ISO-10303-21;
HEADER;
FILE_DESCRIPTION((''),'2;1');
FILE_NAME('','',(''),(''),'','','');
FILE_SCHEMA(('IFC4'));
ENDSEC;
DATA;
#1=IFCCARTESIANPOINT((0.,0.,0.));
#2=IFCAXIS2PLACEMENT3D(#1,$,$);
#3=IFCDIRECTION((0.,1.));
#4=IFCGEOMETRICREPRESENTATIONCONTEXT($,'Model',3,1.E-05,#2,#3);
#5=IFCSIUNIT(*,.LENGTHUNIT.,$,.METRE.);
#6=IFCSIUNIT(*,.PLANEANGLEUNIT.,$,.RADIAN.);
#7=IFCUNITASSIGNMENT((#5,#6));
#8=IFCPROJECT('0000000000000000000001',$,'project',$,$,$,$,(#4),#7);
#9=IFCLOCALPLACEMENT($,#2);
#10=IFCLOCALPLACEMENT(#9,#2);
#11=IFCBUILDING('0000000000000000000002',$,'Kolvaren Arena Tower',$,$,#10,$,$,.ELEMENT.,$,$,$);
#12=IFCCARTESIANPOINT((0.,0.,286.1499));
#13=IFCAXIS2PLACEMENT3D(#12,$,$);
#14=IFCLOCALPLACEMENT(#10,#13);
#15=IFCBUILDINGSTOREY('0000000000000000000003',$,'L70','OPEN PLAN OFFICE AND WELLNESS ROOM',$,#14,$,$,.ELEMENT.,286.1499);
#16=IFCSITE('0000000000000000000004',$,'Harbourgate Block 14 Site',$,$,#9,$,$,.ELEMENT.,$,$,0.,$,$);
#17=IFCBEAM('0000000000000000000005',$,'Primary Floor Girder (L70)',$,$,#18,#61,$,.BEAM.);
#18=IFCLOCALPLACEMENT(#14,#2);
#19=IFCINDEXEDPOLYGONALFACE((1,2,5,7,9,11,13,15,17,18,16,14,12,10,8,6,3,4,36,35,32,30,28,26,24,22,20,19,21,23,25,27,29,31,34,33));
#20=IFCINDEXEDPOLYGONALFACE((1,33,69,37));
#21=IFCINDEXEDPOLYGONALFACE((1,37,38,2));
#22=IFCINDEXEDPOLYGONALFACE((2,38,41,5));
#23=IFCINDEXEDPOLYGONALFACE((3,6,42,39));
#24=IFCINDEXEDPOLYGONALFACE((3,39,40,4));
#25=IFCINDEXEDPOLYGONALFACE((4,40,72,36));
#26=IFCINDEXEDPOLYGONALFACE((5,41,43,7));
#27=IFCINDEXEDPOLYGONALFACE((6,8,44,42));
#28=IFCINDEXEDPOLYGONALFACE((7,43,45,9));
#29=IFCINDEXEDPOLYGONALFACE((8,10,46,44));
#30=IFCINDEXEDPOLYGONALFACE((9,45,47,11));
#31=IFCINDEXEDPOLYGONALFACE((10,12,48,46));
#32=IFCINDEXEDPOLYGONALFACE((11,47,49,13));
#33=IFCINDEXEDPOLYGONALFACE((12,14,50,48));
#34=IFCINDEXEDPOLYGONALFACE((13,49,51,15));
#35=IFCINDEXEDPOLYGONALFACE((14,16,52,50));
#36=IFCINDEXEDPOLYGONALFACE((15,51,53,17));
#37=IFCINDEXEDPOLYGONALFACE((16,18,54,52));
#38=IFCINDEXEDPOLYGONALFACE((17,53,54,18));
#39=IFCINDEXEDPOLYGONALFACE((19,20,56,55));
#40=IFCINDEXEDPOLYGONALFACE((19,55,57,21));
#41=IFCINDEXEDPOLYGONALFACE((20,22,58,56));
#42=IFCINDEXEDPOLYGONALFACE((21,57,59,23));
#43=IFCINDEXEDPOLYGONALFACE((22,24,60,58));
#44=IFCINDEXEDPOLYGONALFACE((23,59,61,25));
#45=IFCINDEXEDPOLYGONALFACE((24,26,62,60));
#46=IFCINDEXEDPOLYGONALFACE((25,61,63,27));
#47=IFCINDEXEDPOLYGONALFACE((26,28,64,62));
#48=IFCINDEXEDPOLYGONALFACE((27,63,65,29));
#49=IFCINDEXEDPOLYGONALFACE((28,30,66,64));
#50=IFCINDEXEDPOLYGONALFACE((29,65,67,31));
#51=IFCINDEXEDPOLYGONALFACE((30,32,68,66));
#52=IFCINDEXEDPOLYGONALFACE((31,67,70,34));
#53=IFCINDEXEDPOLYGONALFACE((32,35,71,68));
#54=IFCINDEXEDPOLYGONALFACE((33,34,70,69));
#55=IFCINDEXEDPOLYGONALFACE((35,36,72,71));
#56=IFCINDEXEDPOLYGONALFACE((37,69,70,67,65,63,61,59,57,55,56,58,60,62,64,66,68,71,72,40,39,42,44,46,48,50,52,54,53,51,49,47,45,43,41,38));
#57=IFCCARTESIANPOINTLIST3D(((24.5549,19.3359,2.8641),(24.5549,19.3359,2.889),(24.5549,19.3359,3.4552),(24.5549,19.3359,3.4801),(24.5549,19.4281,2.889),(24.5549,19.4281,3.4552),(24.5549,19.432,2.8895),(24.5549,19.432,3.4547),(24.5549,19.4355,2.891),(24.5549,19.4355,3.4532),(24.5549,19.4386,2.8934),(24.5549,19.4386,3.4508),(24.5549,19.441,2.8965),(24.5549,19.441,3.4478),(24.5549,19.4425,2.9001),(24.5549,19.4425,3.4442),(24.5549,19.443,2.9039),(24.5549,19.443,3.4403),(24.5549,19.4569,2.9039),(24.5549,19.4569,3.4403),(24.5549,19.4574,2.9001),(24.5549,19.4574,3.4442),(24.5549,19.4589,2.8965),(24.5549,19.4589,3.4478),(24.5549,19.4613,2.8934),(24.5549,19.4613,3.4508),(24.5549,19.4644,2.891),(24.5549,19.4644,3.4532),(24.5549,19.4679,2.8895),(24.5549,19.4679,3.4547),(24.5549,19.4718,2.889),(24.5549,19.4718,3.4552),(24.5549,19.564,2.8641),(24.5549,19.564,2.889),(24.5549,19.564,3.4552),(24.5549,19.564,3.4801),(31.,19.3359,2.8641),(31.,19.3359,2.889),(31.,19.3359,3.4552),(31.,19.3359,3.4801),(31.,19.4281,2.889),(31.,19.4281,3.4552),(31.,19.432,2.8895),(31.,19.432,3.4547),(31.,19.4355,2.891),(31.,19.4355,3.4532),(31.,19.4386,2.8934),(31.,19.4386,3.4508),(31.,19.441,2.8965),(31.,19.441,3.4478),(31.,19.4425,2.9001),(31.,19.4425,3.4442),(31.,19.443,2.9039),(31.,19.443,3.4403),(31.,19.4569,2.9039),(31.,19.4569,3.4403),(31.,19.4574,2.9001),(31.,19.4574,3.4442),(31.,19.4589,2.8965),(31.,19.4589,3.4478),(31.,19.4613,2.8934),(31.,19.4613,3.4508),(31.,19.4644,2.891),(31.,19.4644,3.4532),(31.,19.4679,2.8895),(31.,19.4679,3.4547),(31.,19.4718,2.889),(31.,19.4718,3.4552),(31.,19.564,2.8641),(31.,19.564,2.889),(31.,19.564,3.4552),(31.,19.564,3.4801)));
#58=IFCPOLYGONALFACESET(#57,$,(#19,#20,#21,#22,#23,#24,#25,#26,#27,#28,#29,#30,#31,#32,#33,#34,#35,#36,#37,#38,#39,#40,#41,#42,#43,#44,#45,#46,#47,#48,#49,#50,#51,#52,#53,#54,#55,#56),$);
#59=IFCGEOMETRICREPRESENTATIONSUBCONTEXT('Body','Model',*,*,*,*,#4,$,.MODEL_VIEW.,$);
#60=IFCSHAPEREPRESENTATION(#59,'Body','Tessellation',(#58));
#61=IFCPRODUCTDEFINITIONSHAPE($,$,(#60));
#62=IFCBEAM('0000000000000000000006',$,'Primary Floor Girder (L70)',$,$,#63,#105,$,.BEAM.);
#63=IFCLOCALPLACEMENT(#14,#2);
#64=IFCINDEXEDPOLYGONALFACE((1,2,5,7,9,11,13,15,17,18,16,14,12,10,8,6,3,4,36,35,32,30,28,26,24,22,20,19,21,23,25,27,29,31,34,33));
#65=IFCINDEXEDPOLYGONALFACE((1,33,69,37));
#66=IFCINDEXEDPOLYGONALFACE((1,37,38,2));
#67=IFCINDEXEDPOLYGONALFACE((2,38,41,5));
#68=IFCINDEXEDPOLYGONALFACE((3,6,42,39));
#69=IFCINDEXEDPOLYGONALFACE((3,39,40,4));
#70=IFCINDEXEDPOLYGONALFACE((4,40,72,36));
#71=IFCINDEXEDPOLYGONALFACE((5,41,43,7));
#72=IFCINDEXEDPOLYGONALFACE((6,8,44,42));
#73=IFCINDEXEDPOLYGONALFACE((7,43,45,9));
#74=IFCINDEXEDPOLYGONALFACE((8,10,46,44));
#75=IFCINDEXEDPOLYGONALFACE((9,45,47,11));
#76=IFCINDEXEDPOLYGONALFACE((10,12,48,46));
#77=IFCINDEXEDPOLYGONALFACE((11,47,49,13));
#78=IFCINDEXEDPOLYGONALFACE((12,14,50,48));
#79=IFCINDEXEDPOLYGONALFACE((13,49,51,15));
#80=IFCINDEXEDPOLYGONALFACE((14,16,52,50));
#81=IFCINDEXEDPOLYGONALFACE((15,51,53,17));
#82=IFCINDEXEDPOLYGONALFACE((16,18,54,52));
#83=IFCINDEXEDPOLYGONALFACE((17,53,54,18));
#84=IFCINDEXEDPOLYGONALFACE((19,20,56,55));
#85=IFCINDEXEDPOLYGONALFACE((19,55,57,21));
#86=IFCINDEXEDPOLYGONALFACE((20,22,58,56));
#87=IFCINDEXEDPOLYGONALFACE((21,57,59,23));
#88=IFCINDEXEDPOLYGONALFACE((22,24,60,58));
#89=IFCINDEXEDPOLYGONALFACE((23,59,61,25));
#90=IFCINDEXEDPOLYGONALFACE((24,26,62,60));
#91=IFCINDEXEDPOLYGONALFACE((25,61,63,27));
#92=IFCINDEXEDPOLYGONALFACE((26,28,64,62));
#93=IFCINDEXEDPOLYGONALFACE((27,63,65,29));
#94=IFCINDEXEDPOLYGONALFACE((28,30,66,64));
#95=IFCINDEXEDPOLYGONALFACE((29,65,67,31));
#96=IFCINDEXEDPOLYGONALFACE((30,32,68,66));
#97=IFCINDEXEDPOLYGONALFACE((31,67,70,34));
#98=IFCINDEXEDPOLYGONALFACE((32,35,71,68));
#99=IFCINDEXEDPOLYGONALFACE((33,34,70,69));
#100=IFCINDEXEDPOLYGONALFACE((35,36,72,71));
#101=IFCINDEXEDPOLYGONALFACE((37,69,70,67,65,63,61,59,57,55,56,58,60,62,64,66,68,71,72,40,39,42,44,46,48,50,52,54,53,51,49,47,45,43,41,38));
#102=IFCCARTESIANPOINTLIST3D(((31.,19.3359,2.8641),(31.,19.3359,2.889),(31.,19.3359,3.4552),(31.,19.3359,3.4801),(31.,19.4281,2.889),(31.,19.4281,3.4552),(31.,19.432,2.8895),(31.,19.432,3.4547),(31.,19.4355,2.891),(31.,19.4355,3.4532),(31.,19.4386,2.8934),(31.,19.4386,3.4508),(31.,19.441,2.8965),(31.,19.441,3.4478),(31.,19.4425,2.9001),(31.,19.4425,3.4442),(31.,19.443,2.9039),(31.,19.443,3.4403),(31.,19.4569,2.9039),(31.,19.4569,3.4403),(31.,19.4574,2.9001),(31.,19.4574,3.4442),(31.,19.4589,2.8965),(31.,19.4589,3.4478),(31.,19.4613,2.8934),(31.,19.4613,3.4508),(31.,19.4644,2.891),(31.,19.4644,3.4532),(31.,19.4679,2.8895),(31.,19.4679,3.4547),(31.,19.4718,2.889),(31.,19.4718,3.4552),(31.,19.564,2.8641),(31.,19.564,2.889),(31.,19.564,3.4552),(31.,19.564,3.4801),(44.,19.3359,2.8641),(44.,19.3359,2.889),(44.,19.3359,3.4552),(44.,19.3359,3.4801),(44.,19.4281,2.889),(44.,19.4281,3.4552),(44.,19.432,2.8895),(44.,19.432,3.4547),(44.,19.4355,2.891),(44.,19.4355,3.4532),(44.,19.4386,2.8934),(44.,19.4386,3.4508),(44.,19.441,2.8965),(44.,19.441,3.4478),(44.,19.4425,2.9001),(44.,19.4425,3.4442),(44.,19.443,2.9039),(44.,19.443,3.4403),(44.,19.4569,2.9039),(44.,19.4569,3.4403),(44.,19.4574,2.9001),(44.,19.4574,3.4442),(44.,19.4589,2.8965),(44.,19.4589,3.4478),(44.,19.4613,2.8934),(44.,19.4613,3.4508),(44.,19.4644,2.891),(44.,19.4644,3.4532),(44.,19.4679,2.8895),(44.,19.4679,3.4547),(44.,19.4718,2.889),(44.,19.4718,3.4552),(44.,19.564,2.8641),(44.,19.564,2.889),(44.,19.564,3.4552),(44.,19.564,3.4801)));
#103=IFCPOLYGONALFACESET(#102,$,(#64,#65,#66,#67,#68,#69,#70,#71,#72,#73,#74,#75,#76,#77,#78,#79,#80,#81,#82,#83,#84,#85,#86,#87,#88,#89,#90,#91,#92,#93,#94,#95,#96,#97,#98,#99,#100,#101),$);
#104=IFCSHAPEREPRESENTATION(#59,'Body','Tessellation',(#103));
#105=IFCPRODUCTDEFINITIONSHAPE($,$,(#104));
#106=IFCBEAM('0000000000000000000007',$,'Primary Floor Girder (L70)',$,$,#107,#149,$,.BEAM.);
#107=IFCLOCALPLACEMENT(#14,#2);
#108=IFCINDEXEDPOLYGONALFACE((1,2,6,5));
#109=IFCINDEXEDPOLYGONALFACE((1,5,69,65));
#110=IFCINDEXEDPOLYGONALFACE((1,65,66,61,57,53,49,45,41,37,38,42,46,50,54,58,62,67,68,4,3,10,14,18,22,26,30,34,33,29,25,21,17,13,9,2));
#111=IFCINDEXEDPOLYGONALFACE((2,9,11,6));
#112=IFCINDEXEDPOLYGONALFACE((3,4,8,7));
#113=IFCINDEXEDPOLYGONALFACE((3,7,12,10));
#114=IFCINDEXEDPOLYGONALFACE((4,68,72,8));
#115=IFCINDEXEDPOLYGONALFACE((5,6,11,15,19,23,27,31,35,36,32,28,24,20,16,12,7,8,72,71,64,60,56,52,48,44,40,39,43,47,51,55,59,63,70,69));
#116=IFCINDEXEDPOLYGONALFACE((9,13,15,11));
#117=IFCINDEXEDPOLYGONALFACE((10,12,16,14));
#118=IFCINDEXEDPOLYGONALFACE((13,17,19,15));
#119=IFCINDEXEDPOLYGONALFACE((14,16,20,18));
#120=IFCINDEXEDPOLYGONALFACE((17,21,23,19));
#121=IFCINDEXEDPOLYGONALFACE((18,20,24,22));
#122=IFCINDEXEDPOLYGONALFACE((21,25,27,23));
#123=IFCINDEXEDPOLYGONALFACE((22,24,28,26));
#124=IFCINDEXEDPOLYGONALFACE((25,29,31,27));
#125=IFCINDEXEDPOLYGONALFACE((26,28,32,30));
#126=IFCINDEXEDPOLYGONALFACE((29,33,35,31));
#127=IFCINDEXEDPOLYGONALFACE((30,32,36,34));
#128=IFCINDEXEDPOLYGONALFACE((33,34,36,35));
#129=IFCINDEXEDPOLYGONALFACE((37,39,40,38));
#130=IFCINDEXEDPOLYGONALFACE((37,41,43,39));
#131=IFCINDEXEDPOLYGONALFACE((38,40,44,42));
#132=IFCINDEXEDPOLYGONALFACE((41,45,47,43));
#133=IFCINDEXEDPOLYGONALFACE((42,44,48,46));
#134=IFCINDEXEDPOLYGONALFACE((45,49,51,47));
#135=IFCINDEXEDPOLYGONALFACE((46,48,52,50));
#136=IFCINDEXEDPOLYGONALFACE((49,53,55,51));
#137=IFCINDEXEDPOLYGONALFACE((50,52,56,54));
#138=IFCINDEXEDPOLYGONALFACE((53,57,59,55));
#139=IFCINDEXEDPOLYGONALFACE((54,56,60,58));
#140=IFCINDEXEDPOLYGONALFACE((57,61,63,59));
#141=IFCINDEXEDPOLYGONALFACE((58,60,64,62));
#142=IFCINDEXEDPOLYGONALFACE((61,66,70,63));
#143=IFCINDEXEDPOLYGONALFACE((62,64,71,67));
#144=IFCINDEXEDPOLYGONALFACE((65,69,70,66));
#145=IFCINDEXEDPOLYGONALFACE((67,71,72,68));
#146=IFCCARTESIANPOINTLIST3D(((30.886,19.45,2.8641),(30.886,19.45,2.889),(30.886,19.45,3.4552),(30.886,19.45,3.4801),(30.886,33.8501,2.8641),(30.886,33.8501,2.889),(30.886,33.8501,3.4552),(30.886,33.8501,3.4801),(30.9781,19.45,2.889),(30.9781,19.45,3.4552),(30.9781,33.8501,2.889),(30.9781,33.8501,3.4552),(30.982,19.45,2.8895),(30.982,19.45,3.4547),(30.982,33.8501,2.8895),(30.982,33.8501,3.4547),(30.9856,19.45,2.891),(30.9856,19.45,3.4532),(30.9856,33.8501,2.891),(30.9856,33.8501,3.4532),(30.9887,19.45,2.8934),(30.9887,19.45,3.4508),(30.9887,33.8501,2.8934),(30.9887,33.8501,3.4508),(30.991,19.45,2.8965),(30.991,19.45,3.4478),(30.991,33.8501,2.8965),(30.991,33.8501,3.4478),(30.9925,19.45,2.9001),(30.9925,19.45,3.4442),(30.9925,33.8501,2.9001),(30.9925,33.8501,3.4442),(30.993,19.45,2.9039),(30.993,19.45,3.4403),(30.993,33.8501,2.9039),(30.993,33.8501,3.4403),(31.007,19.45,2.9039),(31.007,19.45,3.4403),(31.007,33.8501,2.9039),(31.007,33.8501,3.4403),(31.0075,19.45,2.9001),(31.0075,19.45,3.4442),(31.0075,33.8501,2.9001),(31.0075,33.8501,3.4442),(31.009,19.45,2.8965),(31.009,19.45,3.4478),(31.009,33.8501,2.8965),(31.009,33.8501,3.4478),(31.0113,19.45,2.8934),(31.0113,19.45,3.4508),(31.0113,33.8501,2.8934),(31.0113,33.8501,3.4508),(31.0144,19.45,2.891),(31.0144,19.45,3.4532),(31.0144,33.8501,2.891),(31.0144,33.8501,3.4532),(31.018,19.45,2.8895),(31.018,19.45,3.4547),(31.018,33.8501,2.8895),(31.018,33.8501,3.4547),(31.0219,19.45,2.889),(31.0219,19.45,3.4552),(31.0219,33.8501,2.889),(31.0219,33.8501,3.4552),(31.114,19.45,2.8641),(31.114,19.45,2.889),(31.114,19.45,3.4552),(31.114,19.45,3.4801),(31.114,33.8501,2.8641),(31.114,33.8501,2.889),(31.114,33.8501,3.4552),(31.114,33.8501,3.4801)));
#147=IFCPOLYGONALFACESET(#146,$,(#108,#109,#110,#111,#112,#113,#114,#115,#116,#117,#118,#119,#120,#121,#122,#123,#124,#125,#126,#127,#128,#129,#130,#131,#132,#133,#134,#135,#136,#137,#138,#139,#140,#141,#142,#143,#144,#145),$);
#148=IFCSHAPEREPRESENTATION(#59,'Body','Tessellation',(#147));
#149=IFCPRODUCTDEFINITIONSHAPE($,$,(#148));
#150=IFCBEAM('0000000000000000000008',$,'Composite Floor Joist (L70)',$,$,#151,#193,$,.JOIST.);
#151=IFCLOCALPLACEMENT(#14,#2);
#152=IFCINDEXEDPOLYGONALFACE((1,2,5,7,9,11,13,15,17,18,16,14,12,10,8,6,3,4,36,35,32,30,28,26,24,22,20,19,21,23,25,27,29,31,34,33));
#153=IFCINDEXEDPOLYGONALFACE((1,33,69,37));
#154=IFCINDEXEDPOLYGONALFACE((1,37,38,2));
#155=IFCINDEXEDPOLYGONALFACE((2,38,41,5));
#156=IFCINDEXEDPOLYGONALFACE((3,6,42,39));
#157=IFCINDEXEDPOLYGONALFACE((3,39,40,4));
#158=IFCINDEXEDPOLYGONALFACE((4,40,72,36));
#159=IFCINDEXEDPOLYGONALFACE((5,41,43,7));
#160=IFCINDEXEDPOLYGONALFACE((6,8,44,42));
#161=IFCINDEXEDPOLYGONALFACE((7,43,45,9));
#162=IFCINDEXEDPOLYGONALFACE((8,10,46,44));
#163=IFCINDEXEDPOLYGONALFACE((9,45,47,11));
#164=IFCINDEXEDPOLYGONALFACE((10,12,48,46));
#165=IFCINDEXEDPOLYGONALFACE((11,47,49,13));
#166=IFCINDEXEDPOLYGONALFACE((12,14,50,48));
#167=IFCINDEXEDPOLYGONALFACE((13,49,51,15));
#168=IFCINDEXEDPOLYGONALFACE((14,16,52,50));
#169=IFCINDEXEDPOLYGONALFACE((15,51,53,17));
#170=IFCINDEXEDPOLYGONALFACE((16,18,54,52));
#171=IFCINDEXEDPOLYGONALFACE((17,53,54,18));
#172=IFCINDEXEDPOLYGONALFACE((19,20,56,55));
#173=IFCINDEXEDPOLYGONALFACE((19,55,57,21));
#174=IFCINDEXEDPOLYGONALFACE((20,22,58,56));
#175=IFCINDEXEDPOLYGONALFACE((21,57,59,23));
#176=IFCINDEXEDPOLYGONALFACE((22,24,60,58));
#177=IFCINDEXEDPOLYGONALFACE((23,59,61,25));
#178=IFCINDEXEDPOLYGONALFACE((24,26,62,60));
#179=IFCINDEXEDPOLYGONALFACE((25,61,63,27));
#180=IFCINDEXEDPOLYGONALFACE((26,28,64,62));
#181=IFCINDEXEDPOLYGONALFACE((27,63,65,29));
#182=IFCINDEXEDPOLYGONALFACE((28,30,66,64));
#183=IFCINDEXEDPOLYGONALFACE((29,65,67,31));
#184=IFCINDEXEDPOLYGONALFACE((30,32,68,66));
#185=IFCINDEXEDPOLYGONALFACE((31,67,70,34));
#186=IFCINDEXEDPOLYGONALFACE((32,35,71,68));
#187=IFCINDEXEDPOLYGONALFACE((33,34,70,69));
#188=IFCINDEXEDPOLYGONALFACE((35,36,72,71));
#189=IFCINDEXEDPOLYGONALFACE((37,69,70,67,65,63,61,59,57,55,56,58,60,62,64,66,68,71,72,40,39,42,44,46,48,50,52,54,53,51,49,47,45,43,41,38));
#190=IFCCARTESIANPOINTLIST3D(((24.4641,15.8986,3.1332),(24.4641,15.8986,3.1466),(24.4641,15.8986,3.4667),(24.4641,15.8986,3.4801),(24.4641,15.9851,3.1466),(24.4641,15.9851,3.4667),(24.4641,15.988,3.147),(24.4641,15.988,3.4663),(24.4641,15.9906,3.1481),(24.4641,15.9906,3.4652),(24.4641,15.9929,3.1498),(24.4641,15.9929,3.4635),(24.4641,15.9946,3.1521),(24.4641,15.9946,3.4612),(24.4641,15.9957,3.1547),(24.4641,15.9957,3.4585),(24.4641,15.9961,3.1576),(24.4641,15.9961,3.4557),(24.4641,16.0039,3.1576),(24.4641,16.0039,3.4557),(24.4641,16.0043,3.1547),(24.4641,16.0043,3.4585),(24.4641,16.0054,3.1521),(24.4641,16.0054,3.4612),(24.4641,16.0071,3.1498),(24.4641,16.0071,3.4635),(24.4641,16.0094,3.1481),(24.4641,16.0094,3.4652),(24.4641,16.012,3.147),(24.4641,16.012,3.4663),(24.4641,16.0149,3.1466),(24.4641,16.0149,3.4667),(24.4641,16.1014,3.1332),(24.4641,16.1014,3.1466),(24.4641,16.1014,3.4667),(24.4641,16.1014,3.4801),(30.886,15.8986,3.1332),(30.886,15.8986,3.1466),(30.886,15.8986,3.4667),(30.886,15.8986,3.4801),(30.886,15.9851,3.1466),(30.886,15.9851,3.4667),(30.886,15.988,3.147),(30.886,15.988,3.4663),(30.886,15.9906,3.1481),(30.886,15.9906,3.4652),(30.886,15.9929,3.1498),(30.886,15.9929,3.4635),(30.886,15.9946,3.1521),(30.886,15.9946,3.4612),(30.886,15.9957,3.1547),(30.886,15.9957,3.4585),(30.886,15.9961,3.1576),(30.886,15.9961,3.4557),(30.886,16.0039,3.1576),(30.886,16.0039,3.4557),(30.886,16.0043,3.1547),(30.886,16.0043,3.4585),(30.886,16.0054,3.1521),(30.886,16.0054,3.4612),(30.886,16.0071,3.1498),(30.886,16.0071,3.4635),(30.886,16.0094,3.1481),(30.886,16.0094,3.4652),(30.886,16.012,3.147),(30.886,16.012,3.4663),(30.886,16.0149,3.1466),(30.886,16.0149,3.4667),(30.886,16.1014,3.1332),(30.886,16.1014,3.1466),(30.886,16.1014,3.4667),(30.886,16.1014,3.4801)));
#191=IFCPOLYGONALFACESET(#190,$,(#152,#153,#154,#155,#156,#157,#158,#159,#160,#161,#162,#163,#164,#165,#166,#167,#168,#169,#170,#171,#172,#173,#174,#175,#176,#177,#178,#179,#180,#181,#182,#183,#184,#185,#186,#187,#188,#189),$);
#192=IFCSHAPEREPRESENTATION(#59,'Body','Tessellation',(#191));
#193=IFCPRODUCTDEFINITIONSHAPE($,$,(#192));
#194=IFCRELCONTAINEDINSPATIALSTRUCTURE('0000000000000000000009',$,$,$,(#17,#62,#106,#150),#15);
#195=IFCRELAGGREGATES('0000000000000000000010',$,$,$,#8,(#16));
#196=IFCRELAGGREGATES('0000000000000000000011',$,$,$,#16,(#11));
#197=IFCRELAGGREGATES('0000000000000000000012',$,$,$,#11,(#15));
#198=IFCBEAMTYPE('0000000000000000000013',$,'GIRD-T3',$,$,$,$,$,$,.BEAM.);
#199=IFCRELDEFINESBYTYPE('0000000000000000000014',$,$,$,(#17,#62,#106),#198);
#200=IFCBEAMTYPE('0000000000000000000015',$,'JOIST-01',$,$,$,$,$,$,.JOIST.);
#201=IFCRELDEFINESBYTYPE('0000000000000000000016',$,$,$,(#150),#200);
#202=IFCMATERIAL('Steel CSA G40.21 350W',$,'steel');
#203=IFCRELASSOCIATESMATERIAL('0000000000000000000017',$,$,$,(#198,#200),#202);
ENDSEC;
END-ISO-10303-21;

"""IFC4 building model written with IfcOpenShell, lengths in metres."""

from ifc_helpers import new_model, si_unit, direction, frame, origin, origin_2d, place, context, subcontext, project, spatial, i_section, extrude, material, material_profile, profile_set, type_object, element, save


model = new_model("IFC4")

# Units and contexts
model_context = context("Model", 3, precision=1e-05, world=origin(), true_north=direction((0.0, 1.0)))
body_context = subcontext(model_context, "Body", "Model", "MODEL_VIEW")
ifc_project = project(units=[si_unit("LENGTHUNIT", "METRE"), si_unit("PLANEANGLEUNIT", "RADIAN")], contexts=[model_context])

# Site, building, storey
site_placement = place(None, origin())
site = spatial("IfcSite", under=ifc_project, at=site_placement, Name="Harbourgate Block 14 Site", CompositionType="ELEMENT", RefElevation=0.0)
building_placement = place(site_placement, origin())
building = spatial("IfcBuilding", under=site, at=building_placement, Name="Kolvaren Arena Tower", CompositionType="ELEMENT")
storey_placement = place(building_placement, frame((0.0, 0.0, 286.1499)))
storey = spatial("IfcBuildingStorey", under=building, at=storey_placement, Name="L70", Description="OPEN PLAN OFFICE AND WELLNESS ROOM", CompositionType="ELEMENT", Elevation=286.1499)

# Beams
ifc_material_1 = material(Name="Steel CSA G40.21 350W", Category="steel")
ifc_material_profile_1 = material_profile(ifc_material_1, i_section(OverallWidth=0.228, OverallDepth=0.616, WebThickness=0.0139, FlangeThickness=0.0249, FilletRadius=0.0149, at=origin_2d()), Name="W610x174")
ifc_profile_set_1 = profile_set([ifc_material_profile_1], Name="Steel CSA G40.21 350W")
beam_type_1 = type_object("IfcBeamType", Name="GIRD-T3", PredefinedType="BEAM", material=ifc_profile_set_1)
beam_1_placement = place(storey_placement, frame((24.5549, 19.45, 3.1721), z_axis=(1.0, 0.0, 0.0), x_axis=(0.0, 1.0, 0.0)))
element("IfcBeam", 1, at=beam_1_placement, inside=storey, type_object=beam_type_1, Name="Primary Floor Girder (L70)", PredefinedType="BEAM", context=body_context, shape_type="SweptSolid", body=[
    extrude(i_section(OverallWidth=0.228, OverallDepth=0.616, WebThickness=0.0139, FlangeThickness=0.0249, FilletRadius=0.0149, at=origin_2d()), origin(), (0.0, 0.0, 1.0), 6.4451),
])
beam_2_placement = place(storey_placement, frame((31.0, 19.45, 3.1721), z_axis=(1.0, 0.0, 0.0), x_axis=(0.0, 1.0, 0.0)))
element("IfcBeam", 2, at=beam_2_placement, inside=storey, type_object=beam_type_1, Name="Primary Floor Girder (L70)", PredefinedType="BEAM", context=body_context, shape_type="SweptSolid", body=[
    extrude(i_section(OverallWidth=0.228, OverallDepth=0.616, WebThickness=0.0139, FlangeThickness=0.0249, FilletRadius=0.0149, at=origin_2d()), origin(), (0.0, 0.0, 1.0), 13.0),
])
beam_3_placement = place(storey_placement, frame((31.0, 19.45, 3.1721), z_axis=(0.0, 1.0, 0.0), x_axis=(-1.0, 0.0, 0.0)))
element("IfcBeam", 3, at=beam_3_placement, inside=storey, type_object=beam_type_1, Name="Primary Floor Girder (L70)", PredefinedType="BEAM", context=body_context, shape_type="SweptSolid", body=[
    extrude(i_section(OverallWidth=0.228, OverallDepth=0.616, WebThickness=0.0139, FlangeThickness=0.0249, FilletRadius=0.0149, at=origin_2d()), origin(), (0.0, 0.0, 1.0), 14.4001),
])
ifc_material_profile_2 = material_profile(ifc_material_1, i_section(OverallWidth=0.2029, OverallDepth=0.3469, WebThickness=0.0078, FlangeThickness=0.0134, FilletRadius=0.011, at=origin_2d()), Name="W360x64")
ifc_profile_set_2 = profile_set([ifc_material_profile_2], Name="Steel CSA G40.21 350W")
beam_type_2 = type_object("IfcBeamType", Name="JOIST-01", PredefinedType="JOIST", material=ifc_profile_set_2)
beam_4_placement = place(storey_placement, frame((24.4641, 16.0, 3.3066), z_axis=(1.0, 0.0, 0.0), x_axis=(0.0, 1.0, 0.0)))
element("IfcBeam", 4, at=beam_4_placement, inside=storey, type_object=beam_type_2, Name="Composite Floor Joist (L70)", PredefinedType="JOIST", context=body_context, shape_type="SweptSolid", body=[
    extrude(i_section(OverallWidth=0.2029, OverallDepth=0.3469, WebThickness=0.0078, FlangeThickness=0.0134, FilletRadius=0.011, at=origin_2d()), origin(), (0.0, 0.0, 1.0), 6.4219),
])

save(model, "model.ifc")
